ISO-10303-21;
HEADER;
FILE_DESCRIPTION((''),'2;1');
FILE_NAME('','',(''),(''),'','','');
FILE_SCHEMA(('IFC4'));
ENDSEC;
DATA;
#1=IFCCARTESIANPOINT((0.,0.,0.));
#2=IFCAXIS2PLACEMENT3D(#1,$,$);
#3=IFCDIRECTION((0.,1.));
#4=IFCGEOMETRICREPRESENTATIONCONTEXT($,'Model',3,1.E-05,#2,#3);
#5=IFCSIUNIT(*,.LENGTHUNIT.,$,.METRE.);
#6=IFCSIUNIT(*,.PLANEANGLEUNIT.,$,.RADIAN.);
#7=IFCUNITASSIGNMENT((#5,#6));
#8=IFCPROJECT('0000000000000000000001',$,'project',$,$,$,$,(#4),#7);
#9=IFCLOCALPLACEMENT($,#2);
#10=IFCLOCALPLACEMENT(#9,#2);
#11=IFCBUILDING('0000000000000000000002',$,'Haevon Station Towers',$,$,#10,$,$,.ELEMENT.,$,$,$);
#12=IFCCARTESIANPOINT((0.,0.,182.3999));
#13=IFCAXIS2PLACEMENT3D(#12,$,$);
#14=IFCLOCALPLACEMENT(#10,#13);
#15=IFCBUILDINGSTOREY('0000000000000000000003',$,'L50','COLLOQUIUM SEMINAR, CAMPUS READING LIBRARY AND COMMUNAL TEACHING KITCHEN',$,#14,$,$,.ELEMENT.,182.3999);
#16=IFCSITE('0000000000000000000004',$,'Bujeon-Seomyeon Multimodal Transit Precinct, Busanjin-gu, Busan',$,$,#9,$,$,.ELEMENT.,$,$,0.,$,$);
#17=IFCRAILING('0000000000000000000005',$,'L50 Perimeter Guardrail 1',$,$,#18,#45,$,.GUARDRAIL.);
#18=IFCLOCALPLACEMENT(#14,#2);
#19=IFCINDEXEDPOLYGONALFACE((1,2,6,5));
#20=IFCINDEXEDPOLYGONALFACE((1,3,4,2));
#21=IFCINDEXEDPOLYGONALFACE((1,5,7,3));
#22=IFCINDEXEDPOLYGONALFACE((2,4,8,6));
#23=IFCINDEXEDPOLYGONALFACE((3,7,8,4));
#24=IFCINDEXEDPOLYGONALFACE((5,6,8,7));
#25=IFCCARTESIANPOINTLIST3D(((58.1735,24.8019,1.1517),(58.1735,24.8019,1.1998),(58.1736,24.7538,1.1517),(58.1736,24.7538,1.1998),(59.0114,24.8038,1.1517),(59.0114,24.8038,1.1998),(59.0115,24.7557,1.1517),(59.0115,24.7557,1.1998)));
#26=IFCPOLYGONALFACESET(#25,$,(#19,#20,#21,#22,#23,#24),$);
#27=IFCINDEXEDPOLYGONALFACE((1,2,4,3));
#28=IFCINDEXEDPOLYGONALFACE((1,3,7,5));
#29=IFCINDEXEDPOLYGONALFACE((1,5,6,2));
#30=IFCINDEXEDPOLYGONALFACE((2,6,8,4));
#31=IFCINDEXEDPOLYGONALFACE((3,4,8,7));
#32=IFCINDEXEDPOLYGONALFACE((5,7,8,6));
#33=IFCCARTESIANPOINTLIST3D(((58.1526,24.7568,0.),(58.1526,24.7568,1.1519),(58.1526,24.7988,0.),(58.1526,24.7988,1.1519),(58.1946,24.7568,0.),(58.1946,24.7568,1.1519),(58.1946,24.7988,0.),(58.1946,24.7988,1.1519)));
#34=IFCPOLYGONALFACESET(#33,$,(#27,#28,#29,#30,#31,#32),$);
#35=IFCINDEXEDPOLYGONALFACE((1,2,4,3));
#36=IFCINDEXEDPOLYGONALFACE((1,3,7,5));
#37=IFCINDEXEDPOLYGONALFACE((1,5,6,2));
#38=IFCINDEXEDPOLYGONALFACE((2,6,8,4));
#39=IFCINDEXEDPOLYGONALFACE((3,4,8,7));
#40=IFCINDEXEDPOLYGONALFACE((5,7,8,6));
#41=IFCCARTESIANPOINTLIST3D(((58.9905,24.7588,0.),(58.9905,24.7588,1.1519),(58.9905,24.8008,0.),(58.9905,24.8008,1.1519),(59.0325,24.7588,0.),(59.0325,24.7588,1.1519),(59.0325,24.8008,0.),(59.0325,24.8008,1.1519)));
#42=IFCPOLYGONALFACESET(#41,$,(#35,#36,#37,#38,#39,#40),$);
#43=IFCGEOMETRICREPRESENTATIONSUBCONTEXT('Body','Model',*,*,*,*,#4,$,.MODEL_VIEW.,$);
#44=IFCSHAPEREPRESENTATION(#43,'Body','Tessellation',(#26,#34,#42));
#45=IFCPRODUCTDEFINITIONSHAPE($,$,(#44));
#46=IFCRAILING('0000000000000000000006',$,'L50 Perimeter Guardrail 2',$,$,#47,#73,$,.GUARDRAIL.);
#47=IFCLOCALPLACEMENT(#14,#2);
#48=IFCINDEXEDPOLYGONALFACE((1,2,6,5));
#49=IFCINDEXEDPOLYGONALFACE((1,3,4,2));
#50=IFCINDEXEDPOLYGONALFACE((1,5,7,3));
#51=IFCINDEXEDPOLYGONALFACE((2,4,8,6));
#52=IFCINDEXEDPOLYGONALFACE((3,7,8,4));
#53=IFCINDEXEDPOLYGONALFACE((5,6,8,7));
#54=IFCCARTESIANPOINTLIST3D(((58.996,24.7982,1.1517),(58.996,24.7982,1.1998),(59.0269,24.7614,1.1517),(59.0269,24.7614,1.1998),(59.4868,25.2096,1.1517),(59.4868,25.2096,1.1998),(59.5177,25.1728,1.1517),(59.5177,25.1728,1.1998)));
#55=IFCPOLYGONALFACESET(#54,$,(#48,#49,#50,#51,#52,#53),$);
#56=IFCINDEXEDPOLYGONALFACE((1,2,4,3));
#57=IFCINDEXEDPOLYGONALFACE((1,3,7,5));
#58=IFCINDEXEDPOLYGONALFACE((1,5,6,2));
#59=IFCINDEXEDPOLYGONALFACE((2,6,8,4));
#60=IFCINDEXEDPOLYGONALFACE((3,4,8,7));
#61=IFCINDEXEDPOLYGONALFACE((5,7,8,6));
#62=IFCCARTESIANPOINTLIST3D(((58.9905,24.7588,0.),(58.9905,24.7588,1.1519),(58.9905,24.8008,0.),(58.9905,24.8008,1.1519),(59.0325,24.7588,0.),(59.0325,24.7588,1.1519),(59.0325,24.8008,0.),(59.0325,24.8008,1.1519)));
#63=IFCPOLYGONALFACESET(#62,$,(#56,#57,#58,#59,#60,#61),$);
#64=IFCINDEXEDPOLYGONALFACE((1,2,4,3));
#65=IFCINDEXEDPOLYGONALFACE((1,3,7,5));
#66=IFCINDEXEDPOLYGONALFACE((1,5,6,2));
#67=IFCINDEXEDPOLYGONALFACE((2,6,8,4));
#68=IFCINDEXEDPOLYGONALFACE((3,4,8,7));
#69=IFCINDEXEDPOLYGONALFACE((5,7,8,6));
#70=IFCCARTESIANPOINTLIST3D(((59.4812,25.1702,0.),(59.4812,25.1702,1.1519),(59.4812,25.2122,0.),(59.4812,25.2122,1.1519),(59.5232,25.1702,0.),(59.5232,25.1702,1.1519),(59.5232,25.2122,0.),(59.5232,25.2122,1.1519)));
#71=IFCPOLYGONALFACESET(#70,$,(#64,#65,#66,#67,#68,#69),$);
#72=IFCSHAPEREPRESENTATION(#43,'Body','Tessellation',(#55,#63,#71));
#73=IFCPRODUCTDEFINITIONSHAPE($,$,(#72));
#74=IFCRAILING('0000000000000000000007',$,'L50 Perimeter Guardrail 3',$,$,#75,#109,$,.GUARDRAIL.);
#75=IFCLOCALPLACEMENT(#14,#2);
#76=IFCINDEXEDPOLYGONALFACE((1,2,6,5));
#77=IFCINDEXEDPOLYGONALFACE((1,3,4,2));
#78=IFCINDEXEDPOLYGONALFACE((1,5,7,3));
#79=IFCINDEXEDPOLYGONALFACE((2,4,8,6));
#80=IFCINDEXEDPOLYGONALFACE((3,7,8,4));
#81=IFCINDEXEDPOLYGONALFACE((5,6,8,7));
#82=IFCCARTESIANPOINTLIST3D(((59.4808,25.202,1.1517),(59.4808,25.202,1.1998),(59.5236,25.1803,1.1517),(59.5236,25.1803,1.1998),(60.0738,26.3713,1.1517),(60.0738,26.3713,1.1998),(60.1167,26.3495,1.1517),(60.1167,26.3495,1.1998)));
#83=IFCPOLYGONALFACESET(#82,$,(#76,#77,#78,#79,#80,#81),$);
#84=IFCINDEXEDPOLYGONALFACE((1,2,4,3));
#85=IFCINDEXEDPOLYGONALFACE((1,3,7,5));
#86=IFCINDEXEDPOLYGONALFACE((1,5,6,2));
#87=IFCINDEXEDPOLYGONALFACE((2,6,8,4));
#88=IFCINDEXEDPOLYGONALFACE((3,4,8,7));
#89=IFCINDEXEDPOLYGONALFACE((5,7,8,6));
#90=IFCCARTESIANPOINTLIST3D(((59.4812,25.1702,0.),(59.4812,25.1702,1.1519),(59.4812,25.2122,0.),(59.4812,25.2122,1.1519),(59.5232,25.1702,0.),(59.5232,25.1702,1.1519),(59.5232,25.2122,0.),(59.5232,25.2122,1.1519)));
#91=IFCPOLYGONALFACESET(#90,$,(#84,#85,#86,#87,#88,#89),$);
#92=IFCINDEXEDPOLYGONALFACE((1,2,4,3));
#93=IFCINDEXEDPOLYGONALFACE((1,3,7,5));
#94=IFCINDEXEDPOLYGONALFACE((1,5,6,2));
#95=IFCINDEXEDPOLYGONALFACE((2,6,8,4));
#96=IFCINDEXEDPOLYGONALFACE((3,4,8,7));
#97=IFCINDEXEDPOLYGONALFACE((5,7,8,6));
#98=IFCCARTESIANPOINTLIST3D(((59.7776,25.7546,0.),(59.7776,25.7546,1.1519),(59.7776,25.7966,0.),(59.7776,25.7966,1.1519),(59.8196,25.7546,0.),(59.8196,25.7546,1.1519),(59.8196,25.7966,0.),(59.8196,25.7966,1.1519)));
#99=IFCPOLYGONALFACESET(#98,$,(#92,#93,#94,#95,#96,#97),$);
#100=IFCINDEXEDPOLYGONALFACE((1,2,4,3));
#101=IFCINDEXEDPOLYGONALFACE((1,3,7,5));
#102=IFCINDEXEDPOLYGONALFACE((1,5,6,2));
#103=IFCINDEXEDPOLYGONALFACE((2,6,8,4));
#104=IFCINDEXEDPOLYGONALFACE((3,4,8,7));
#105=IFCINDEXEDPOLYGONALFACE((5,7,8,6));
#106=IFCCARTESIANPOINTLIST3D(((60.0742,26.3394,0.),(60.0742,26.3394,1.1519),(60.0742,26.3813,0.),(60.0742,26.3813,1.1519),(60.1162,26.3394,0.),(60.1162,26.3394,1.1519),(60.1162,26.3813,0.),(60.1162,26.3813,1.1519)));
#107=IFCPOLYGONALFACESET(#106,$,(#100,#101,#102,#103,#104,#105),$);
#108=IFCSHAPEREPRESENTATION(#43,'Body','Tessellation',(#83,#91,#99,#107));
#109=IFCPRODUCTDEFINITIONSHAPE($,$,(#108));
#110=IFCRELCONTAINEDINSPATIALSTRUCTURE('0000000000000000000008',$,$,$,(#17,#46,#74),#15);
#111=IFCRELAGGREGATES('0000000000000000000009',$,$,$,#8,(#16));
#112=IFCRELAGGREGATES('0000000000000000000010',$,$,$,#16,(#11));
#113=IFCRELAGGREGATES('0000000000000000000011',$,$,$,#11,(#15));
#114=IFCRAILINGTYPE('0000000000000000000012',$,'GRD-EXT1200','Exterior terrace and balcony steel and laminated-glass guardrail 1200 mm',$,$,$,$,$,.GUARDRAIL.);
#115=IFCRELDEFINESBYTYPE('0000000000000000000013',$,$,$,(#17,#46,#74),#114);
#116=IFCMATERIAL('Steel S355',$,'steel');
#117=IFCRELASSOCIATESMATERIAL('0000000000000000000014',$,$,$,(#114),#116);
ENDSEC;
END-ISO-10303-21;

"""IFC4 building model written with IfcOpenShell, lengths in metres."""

from ifc_helpers import new_model, si_unit, direction, frame, origin, origin_2d, place, context, subcontext, project, spatial, rectangle, extrude, material, type_object, element, save


model = new_model("IFC4")

# Units and contexts
model_context = context("Model", 3, precision=1e-05, world=origin(), true_north=direction((0.0, 1.0)))
body_context = subcontext(model_context, "Body", "Model", "MODEL_VIEW")
ifc_project = project(units=[si_unit("LENGTHUNIT", "METRE"), si_unit("PLANEANGLEUNIT", "RADIAN")], contexts=[model_context])

# Site, building, storey
site_placement = place(None, origin())
site = spatial("IfcSite", under=ifc_project, at=site_placement, Name="Bujeon-Seomyeon Multimodal Transit Precinct, Busanjin-gu, Busan", CompositionType="ELEMENT", RefElevation=0.0)
building_placement = place(site_placement, origin())
building = spatial("IfcBuilding", under=site, at=building_placement, Name="Haevon Station Towers", CompositionType="ELEMENT")
storey_placement = place(building_placement, frame((0.0, 0.0, 182.3999)))
storey = spatial("IfcBuildingStorey", under=building, at=storey_placement, Name="L50", Description="COLLOQUIUM SEMINAR, CAMPUS READING LIBRARY AND COMMUNAL TEACHING KITCHEN", CompositionType="ELEMENT", Elevation=182.3999)

# Shared definitions
ifc_material_1 = material(Name="Steel S355", Category="steel")

# Railings
railing_type = type_object("IfcRailingType", Name="GRD-EXT1200", Description="Exterior terrace and balcony steel and laminated-glass guardrail 1200 mm", PredefinedType="GUARDRAIL", material=ifc_material_1)
railing_1_placement = place(storey_placement, frame((58.1736, 24.7778, 0.0)))
element("IfcRailing", 1, at=railing_1_placement, inside=storey, type_object=railing_type, Name="L50 Perimeter Guardrail 1", PredefinedType="GUARDRAIL", context=body_context, shape_type="SweptSolid", body=[
    extrude(rectangle(XDim=0.0481, YDim=0.0481, at=origin_2d()), frame((0.0, 0.0, 1.1758), z_axis=(0.999997, 0.002331, 0.0), x_axis=(-0.002331, 0.999997, 0.0)), (0.0, 0.0, 1.0), 0.8379),
    extrude(rectangle(XDim=0.042, YDim=0.042, at=origin_2d()), origin(), (0.0, 0.0, 1.0), 1.1519),
    extrude(rectangle(XDim=0.042, YDim=0.042, at=origin_2d()), frame((0.8379, 0.002, 0.0)), (0.0, 0.0, 1.0), 1.1519),
])
railing_2_placement = place(storey_placement, frame((59.0115, 24.7798, 0.0)))
element("IfcRailing", 2, at=railing_2_placement, inside=storey, type_object=railing_type, Name="L50 Perimeter Guardrail 2", PredefinedType="GUARDRAIL", context=body_context, shape_type="SweptSolid", body=[
    extrude(rectangle(XDim=0.0481, YDim=0.0481, at=origin_2d()), frame((0.0, 0.0, 1.1758), z_axis=(0.766343, 0.642432, 0.0), x_axis=(-0.642432, 0.766343, 0.0)), (0.0, 0.0, 1.0), 0.6404),
    extrude(rectangle(XDim=0.042, YDim=0.042, at=origin_2d()), origin(), (0.0, 0.0, 1.0), 1.1519),
    extrude(rectangle(XDim=0.042, YDim=0.042, at=origin_2d()), frame((0.4907, 0.4114, 0.0)), (0.0, 0.0, 1.0), 1.1519),
])
railing_3_placement = place(storey_placement, frame((59.5022, 25.1912, 0.0)))
element("IfcRailing", 3, at=railing_3_placement, inside=storey, type_object=railing_type, Name="L50 Perimeter Guardrail 3", PredefinedType="GUARDRAIL", context=body_context, shape_type="SweptSolid", body=[
    extrude(rectangle(XDim=0.0481, YDim=0.0481, at=origin_2d()), frame((0.0, 0.0, 1.1758), z_axis=(0.452346, 0.891842, 0.0), x_axis=(-0.891842, 0.452346, 0.0)), (0.0, 0.0, 1.0), 1.311),
    extrude(rectangle(XDim=0.042, YDim=0.042, at=origin_2d()), origin(), (0.0, 0.0, 1.0), 1.1519),
    extrude(rectangle(XDim=0.042, YDim=0.042, at=origin_2d()), frame((0.2964, 0.5845, 0.0)), (0.0, 0.0, 1.0), 1.1519),
    extrude(rectangle(XDim=0.042, YDim=0.042, at=origin_2d()), frame((0.593, 1.1692, 0.0)), (0.0, 0.0, 1.0), 1.1519),
])

save(model, "model.ifc")
